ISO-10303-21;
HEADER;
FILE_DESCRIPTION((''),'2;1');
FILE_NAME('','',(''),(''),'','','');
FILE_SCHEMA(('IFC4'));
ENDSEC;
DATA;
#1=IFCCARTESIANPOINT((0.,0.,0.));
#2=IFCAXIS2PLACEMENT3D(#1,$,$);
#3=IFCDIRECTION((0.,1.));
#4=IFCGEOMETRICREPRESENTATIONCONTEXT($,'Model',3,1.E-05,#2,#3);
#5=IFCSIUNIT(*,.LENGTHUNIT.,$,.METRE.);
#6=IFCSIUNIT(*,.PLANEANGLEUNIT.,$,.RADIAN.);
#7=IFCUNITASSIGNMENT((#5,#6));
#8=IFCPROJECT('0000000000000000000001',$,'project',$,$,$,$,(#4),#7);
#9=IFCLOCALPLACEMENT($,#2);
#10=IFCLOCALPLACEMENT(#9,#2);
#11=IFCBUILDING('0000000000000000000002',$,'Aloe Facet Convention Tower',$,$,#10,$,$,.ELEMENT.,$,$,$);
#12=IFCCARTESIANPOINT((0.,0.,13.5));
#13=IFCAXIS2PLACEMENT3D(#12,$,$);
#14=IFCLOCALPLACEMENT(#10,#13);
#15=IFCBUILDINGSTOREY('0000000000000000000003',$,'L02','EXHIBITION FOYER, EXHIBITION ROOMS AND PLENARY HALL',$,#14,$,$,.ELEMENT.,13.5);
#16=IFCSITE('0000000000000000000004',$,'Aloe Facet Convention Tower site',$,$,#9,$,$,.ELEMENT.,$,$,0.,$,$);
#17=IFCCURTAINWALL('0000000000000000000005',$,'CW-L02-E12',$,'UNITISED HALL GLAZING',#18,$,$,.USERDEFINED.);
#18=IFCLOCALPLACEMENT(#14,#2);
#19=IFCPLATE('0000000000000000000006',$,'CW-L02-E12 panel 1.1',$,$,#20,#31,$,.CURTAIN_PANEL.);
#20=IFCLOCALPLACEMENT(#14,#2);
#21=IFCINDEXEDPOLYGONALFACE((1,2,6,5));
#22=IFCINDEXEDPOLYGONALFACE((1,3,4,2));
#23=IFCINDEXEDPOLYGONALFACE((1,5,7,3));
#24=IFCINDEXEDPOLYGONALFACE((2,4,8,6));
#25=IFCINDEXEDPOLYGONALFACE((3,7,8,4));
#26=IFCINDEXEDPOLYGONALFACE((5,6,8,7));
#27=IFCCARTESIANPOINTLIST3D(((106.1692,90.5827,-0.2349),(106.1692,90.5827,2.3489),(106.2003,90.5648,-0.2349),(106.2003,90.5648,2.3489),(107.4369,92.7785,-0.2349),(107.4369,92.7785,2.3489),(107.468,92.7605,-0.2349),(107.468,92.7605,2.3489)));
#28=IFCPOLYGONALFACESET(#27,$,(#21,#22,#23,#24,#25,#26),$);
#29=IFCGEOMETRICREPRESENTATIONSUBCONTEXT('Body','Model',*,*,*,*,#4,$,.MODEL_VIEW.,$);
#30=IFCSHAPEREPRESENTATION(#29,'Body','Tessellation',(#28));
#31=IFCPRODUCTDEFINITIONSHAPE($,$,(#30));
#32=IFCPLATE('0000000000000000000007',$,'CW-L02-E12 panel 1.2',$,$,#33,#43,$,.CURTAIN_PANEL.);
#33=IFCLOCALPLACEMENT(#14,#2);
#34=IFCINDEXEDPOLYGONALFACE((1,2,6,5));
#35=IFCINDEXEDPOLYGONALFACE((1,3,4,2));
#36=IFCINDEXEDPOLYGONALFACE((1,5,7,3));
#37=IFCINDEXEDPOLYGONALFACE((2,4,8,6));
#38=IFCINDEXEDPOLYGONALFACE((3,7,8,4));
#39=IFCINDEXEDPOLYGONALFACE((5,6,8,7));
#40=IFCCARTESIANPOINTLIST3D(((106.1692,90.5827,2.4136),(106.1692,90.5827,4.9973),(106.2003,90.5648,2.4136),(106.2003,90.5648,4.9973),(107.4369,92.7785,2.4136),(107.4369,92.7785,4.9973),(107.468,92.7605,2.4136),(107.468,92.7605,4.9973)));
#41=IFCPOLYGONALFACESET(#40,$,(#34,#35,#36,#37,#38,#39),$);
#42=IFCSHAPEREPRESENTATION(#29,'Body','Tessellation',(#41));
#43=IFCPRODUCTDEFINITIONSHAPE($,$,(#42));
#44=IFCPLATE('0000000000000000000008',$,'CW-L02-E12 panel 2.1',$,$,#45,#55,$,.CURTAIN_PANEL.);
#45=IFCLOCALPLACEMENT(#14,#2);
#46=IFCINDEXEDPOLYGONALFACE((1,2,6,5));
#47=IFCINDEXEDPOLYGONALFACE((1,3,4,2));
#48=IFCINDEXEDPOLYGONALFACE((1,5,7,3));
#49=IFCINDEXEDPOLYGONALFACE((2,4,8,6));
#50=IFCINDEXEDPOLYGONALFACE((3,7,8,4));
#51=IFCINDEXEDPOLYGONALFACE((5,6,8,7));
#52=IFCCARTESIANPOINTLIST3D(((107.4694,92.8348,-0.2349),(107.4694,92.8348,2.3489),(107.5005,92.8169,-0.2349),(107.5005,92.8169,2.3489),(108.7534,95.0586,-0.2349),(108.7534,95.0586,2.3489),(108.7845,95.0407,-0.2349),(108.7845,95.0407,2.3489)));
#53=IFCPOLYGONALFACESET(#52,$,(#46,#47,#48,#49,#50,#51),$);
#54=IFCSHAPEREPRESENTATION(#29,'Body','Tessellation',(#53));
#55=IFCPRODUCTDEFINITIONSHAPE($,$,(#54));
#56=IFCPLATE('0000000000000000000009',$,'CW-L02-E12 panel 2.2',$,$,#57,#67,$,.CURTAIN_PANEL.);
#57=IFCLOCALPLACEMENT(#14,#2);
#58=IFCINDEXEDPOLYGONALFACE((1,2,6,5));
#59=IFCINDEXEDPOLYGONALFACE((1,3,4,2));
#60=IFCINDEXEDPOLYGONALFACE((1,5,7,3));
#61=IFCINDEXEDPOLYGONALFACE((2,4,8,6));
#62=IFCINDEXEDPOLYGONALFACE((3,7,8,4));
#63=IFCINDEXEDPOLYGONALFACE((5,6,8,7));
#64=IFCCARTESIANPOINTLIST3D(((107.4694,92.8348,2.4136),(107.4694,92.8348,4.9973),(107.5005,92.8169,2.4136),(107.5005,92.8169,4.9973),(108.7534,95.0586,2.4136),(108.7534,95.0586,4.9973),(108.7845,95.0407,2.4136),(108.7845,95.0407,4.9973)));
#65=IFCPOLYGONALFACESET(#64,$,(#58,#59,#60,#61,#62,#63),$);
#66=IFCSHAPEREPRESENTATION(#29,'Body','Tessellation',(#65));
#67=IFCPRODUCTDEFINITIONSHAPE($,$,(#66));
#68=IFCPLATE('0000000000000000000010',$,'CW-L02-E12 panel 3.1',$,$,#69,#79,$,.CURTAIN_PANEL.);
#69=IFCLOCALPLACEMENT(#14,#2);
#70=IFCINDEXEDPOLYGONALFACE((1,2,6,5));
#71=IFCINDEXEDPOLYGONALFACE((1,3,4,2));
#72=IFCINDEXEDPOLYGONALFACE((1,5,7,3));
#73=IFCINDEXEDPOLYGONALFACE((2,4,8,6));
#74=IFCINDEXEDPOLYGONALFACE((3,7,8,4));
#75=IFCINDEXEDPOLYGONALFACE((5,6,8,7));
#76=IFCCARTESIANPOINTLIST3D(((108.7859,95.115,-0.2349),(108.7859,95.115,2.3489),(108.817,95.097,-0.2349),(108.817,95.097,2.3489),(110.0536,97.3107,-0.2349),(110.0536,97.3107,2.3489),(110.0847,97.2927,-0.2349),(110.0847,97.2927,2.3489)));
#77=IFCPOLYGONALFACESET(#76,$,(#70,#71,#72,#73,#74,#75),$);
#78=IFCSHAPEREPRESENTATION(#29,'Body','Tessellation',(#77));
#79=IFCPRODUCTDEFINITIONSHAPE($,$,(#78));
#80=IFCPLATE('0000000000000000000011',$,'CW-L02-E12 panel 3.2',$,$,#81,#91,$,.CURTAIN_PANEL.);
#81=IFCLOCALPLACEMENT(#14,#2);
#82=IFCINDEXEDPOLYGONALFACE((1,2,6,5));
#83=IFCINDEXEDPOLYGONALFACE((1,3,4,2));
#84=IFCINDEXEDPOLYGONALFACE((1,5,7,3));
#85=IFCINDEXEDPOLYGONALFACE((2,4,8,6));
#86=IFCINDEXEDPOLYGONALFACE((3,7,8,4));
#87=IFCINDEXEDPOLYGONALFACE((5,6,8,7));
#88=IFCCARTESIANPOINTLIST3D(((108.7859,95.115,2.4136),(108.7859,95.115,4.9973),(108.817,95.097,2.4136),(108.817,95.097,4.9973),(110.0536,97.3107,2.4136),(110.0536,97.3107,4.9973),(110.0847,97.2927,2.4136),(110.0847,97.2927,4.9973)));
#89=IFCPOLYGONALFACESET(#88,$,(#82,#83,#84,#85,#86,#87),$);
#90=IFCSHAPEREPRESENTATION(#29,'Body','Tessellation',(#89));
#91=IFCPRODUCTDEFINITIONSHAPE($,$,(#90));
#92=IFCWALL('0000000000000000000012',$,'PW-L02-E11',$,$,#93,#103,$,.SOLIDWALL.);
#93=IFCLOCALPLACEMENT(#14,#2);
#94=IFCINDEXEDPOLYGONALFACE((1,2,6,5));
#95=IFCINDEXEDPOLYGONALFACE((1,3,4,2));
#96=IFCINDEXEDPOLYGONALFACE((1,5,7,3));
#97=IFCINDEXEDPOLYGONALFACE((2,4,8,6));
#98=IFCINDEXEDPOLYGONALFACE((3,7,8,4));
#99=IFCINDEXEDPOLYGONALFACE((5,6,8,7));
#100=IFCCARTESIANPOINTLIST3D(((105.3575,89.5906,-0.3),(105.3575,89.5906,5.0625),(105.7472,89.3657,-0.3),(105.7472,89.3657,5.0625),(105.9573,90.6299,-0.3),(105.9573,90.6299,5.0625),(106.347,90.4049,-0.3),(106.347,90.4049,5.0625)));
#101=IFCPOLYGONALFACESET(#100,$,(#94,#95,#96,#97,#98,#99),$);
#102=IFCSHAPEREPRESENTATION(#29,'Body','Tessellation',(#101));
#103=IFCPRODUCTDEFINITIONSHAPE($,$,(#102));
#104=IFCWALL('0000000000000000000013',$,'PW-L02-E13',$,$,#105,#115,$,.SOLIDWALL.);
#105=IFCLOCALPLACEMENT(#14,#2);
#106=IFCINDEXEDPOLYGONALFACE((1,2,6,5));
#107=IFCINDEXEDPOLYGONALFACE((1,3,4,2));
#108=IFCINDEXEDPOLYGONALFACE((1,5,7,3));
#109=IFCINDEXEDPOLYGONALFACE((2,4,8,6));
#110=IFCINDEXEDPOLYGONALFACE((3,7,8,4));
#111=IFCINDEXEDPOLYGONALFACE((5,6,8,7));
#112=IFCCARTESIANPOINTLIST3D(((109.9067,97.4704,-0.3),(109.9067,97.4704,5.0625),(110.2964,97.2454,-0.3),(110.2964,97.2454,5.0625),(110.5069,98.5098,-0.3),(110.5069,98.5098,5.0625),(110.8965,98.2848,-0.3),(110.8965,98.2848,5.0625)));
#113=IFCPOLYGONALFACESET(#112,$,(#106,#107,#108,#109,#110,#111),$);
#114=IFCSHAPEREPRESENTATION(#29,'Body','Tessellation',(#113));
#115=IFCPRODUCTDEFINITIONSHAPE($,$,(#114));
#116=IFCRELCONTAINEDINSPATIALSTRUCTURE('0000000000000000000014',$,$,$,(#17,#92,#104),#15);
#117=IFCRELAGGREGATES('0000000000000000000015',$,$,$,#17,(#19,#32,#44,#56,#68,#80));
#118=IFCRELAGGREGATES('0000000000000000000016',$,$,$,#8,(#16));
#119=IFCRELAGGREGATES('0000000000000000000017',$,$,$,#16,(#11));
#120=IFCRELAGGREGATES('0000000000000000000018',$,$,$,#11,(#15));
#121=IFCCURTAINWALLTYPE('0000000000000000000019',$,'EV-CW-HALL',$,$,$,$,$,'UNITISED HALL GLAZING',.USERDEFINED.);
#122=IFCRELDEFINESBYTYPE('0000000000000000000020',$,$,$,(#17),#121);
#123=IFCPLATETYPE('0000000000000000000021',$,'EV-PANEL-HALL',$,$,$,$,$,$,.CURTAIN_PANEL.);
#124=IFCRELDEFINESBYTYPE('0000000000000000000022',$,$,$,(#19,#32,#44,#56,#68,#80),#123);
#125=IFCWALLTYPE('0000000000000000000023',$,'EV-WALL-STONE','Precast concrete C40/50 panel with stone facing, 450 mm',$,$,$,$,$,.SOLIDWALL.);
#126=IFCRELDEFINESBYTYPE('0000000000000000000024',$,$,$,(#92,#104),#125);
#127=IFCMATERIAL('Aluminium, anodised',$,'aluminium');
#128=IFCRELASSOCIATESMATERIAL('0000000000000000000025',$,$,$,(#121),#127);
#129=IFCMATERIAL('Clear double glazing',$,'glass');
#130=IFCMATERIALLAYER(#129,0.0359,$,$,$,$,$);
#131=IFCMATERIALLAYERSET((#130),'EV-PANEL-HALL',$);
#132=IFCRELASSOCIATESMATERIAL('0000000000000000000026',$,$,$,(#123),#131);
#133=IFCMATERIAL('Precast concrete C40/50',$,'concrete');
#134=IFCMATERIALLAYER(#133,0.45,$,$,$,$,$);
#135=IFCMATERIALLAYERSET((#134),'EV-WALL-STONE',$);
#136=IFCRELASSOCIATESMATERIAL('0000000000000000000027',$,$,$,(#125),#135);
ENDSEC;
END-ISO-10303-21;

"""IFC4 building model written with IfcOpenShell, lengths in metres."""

from ifc_helpers import new_model, si_unit, direction, frame, frame_2d, origin, origin_2d, place, context, subcontext, project, spatial, rectangle, extrude, material, layer, layer_set, type_object, element, aggregate, save


model = new_model("IFC4")

# Units and contexts
model_context = context("Model", 3, precision=1e-05, world=origin(), true_north=direction((0.0, 1.0)))
body_context = subcontext(model_context, "Body", "Model", "MODEL_VIEW")
ifc_project = project(units=[si_unit("LENGTHUNIT", "METRE"), si_unit("PLANEANGLEUNIT", "RADIAN")], contexts=[model_context])

# Site, building, storey
site_placement = place(None, origin())
site = spatial("IfcSite", under=ifc_project, at=site_placement, Name="Aloe Facet Convention Tower site", CompositionType="ELEMENT", RefElevation=0.0)
building_placement = place(site_placement, origin())
building = spatial("IfcBuilding", under=site, at=building_placement, Name="Aloe Facet Convention Tower", CompositionType="ELEMENT")
storey_placement = place(building_placement, frame((0.0, 0.0, 13.5)))
storey = spatial("IfcBuildingStorey", under=building, at=storey_placement, Name="L02", Description="EXHIBITION FOYER, EXHIBITION ROOMS AND PLENARY HALL", CompositionType="ELEMENT", Elevation=13.5)

# Shared definitions
ifc_material_1 = material(Name="Aluminium, anodised", Category="aluminium")
curtain_wall_type = type_object("IfcCurtainWallType", Name="EV-CW-HALL", ElementType="UNITISED HALL GLAZING", PredefinedType="USERDEFINED", material=ifc_material_1)

# Curtain wall
curtain_wall_1_placement = place(storey_placement, origin())
curtain_wall_1 = element("IfcCurtainWall", 1, at=curtain_wall_1_placement, inside=storey, type_object=curtain_wall_type, Name="CW-L02-E12", ObjectType="UNITISED HALL GLAZING", PredefinedType="USERDEFINED")

# Plates
ifc_material_2 = material(Name="Clear double glazing", Category="glass")
ifc_layer_1 = layer(ifc_material_2, 0.0359)
ifc_layer_set_1 = layer_set([ifc_layer_1], Name="EV-PANEL-HALL")
plate_type = type_object("IfcPlateType", Name="EV-PANEL-HALL", PredefinedType="CURTAIN_PANEL", material=ifc_layer_set_1)
plate_1_placement = place(storey_placement, frame((106.8186, 91.6716, -0.2349), z_axis=(0.0, 0.0, 1.0), x_axis=(0.5, 0.866025, 0.0)))
plate_1 = element("IfcPlate", 2, at=plate_1_placement, type_object=plate_type, Name="CW-L02-E12 panel 1.1", PredefinedType="CURTAIN_PANEL", context=body_context, shape_type="SweptSolid", body=[
    extrude(rectangle(XDim=2.5354, YDim=0.0359, at=origin_2d()), origin(), (0.0, 0.0, 1.0), 2.5837),
])
plate_2_placement = place(storey_placement, frame((106.8186, 91.6716, 2.4136), z_axis=(0.0, 0.0, 1.0), x_axis=(0.5, 0.866025, 0.0)))
plate_2 = element("IfcPlate", 3, at=plate_2_placement, type_object=plate_type, Name="CW-L02-E12 panel 1.2", PredefinedType="CURTAIN_PANEL", context=body_context, shape_type="SweptSolid", body=[
    extrude(rectangle(XDim=2.5354, YDim=0.0359, at=origin_2d()), origin(), (0.0, 0.0, 1.0), 2.5837),
])
plate_3_placement = place(storey_placement, frame((108.127, 93.9377, -0.2349), z_axis=(0.0, 0.0, 1.0), x_axis=(0.5, 0.866025, 0.0)))
plate_3 = element("IfcPlate", 4, at=plate_3_placement, type_object=plate_type, Name="CW-L02-E12 panel 2.1", PredefinedType="CURTAIN_PANEL", context=body_context, shape_type="SweptSolid", body=[
    extrude(rectangle(XDim=2.5679, YDim=0.0359, at=origin_2d()), origin(), (0.0, 0.0, 1.0), 2.5837),
])
plate_4_placement = place(storey_placement, frame((108.127, 93.9377, 2.4136), z_axis=(0.0, 0.0, 1.0), x_axis=(0.5, 0.866025, 0.0)))
plate_4 = element("IfcPlate", 5, at=plate_4_placement, type_object=plate_type, Name="CW-L02-E12 panel 2.2", PredefinedType="CURTAIN_PANEL", context=body_context, shape_type="SweptSolid", body=[
    extrude(rectangle(XDim=2.5679, YDim=0.0359, at=origin_2d()), origin(), (0.0, 0.0, 1.0), 2.5837),
])
plate_5_placement = place(storey_placement, frame((109.4353, 96.2039, -0.2349), z_axis=(0.0, 0.0, 1.0), x_axis=(0.5, 0.866025, 0.0)))
plate_5 = element("IfcPlate", 6, at=plate_5_placement, type_object=plate_type, Name="CW-L02-E12 panel 3.1", PredefinedType="CURTAIN_PANEL", context=body_context, shape_type="SweptSolid", body=[
    extrude(rectangle(XDim=2.5354, YDim=0.0359, at=origin_2d()), origin(), (0.0, 0.0, 1.0), 2.5837),
])
plate_6_placement = place(storey_placement, frame((109.4353, 96.2039, 2.4136), z_axis=(0.0, 0.0, 1.0), x_axis=(0.5, 0.866025, 0.0)))
plate_6 = element("IfcPlate", 7, at=plate_6_placement, type_object=plate_type, Name="CW-L02-E12 panel 3.2", PredefinedType="CURTAIN_PANEL", context=body_context, shape_type="SweptSolid", body=[
    extrude(rectangle(XDim=2.5354, YDim=0.0359, at=origin_2d()), origin(), (0.0, 0.0, 1.0), 2.5837),
])
aggregate(curtain_wall_1, [plate_1, plate_2, plate_3, plate_4, plate_5, plate_6])

# Walls
ifc_material_3 = material(Name="Precast concrete C40/50", Category="concrete")
ifc_layer_2 = layer(ifc_material_3, 0.45)
ifc_layer_set_2 = layer_set([ifc_layer_2], Name="EV-WALL-STONE")
wall_type = type_object("IfcWallType", Name="EV-WALL-STONE", Description="Precast concrete C40/50 panel with stone facing, 450 mm", PredefinedType="SOLIDWALL", material=ifc_layer_set_2)
wall_1_placement = place(storey_placement, frame((105.5522, 89.478, -0.3), z_axis=(0.0, 0.0, 1.0), x_axis=(0.499881, 0.866094, 0.0)))
element("IfcWall", 8, at=wall_1_placement, inside=storey, type_object=wall_type, Name="PW-L02-E11", PredefinedType="SOLIDWALL", context=body_context, shape_type="SweptSolid", body=[
    extrude(rectangle(XDim=1.2, YDim=0.45, at=frame_2d((0.6001, 0.0))), origin(), (0.0, 0.0, 1.0), 5.3625),
])
wall_2_placement = place(storey_placement, frame((110.1016, 97.3579, -0.3), z_axis=(0.0, 0.0, 1.0), x_axis=(0.500034, 0.866006, 0.0)))
element("IfcWall", 9, at=wall_2_placement, inside=storey, type_object=wall_type, Name="PW-L02-E13", PredefinedType="SOLIDWALL", context=body_context, shape_type="SweptSolid", body=[
    extrude(rectangle(XDim=1.2002, YDim=0.45, at=frame_2d((0.6001, 0.0))), origin(), (0.0, 0.0, 1.0), 5.3625),
])

save(model, "model.ifc")
